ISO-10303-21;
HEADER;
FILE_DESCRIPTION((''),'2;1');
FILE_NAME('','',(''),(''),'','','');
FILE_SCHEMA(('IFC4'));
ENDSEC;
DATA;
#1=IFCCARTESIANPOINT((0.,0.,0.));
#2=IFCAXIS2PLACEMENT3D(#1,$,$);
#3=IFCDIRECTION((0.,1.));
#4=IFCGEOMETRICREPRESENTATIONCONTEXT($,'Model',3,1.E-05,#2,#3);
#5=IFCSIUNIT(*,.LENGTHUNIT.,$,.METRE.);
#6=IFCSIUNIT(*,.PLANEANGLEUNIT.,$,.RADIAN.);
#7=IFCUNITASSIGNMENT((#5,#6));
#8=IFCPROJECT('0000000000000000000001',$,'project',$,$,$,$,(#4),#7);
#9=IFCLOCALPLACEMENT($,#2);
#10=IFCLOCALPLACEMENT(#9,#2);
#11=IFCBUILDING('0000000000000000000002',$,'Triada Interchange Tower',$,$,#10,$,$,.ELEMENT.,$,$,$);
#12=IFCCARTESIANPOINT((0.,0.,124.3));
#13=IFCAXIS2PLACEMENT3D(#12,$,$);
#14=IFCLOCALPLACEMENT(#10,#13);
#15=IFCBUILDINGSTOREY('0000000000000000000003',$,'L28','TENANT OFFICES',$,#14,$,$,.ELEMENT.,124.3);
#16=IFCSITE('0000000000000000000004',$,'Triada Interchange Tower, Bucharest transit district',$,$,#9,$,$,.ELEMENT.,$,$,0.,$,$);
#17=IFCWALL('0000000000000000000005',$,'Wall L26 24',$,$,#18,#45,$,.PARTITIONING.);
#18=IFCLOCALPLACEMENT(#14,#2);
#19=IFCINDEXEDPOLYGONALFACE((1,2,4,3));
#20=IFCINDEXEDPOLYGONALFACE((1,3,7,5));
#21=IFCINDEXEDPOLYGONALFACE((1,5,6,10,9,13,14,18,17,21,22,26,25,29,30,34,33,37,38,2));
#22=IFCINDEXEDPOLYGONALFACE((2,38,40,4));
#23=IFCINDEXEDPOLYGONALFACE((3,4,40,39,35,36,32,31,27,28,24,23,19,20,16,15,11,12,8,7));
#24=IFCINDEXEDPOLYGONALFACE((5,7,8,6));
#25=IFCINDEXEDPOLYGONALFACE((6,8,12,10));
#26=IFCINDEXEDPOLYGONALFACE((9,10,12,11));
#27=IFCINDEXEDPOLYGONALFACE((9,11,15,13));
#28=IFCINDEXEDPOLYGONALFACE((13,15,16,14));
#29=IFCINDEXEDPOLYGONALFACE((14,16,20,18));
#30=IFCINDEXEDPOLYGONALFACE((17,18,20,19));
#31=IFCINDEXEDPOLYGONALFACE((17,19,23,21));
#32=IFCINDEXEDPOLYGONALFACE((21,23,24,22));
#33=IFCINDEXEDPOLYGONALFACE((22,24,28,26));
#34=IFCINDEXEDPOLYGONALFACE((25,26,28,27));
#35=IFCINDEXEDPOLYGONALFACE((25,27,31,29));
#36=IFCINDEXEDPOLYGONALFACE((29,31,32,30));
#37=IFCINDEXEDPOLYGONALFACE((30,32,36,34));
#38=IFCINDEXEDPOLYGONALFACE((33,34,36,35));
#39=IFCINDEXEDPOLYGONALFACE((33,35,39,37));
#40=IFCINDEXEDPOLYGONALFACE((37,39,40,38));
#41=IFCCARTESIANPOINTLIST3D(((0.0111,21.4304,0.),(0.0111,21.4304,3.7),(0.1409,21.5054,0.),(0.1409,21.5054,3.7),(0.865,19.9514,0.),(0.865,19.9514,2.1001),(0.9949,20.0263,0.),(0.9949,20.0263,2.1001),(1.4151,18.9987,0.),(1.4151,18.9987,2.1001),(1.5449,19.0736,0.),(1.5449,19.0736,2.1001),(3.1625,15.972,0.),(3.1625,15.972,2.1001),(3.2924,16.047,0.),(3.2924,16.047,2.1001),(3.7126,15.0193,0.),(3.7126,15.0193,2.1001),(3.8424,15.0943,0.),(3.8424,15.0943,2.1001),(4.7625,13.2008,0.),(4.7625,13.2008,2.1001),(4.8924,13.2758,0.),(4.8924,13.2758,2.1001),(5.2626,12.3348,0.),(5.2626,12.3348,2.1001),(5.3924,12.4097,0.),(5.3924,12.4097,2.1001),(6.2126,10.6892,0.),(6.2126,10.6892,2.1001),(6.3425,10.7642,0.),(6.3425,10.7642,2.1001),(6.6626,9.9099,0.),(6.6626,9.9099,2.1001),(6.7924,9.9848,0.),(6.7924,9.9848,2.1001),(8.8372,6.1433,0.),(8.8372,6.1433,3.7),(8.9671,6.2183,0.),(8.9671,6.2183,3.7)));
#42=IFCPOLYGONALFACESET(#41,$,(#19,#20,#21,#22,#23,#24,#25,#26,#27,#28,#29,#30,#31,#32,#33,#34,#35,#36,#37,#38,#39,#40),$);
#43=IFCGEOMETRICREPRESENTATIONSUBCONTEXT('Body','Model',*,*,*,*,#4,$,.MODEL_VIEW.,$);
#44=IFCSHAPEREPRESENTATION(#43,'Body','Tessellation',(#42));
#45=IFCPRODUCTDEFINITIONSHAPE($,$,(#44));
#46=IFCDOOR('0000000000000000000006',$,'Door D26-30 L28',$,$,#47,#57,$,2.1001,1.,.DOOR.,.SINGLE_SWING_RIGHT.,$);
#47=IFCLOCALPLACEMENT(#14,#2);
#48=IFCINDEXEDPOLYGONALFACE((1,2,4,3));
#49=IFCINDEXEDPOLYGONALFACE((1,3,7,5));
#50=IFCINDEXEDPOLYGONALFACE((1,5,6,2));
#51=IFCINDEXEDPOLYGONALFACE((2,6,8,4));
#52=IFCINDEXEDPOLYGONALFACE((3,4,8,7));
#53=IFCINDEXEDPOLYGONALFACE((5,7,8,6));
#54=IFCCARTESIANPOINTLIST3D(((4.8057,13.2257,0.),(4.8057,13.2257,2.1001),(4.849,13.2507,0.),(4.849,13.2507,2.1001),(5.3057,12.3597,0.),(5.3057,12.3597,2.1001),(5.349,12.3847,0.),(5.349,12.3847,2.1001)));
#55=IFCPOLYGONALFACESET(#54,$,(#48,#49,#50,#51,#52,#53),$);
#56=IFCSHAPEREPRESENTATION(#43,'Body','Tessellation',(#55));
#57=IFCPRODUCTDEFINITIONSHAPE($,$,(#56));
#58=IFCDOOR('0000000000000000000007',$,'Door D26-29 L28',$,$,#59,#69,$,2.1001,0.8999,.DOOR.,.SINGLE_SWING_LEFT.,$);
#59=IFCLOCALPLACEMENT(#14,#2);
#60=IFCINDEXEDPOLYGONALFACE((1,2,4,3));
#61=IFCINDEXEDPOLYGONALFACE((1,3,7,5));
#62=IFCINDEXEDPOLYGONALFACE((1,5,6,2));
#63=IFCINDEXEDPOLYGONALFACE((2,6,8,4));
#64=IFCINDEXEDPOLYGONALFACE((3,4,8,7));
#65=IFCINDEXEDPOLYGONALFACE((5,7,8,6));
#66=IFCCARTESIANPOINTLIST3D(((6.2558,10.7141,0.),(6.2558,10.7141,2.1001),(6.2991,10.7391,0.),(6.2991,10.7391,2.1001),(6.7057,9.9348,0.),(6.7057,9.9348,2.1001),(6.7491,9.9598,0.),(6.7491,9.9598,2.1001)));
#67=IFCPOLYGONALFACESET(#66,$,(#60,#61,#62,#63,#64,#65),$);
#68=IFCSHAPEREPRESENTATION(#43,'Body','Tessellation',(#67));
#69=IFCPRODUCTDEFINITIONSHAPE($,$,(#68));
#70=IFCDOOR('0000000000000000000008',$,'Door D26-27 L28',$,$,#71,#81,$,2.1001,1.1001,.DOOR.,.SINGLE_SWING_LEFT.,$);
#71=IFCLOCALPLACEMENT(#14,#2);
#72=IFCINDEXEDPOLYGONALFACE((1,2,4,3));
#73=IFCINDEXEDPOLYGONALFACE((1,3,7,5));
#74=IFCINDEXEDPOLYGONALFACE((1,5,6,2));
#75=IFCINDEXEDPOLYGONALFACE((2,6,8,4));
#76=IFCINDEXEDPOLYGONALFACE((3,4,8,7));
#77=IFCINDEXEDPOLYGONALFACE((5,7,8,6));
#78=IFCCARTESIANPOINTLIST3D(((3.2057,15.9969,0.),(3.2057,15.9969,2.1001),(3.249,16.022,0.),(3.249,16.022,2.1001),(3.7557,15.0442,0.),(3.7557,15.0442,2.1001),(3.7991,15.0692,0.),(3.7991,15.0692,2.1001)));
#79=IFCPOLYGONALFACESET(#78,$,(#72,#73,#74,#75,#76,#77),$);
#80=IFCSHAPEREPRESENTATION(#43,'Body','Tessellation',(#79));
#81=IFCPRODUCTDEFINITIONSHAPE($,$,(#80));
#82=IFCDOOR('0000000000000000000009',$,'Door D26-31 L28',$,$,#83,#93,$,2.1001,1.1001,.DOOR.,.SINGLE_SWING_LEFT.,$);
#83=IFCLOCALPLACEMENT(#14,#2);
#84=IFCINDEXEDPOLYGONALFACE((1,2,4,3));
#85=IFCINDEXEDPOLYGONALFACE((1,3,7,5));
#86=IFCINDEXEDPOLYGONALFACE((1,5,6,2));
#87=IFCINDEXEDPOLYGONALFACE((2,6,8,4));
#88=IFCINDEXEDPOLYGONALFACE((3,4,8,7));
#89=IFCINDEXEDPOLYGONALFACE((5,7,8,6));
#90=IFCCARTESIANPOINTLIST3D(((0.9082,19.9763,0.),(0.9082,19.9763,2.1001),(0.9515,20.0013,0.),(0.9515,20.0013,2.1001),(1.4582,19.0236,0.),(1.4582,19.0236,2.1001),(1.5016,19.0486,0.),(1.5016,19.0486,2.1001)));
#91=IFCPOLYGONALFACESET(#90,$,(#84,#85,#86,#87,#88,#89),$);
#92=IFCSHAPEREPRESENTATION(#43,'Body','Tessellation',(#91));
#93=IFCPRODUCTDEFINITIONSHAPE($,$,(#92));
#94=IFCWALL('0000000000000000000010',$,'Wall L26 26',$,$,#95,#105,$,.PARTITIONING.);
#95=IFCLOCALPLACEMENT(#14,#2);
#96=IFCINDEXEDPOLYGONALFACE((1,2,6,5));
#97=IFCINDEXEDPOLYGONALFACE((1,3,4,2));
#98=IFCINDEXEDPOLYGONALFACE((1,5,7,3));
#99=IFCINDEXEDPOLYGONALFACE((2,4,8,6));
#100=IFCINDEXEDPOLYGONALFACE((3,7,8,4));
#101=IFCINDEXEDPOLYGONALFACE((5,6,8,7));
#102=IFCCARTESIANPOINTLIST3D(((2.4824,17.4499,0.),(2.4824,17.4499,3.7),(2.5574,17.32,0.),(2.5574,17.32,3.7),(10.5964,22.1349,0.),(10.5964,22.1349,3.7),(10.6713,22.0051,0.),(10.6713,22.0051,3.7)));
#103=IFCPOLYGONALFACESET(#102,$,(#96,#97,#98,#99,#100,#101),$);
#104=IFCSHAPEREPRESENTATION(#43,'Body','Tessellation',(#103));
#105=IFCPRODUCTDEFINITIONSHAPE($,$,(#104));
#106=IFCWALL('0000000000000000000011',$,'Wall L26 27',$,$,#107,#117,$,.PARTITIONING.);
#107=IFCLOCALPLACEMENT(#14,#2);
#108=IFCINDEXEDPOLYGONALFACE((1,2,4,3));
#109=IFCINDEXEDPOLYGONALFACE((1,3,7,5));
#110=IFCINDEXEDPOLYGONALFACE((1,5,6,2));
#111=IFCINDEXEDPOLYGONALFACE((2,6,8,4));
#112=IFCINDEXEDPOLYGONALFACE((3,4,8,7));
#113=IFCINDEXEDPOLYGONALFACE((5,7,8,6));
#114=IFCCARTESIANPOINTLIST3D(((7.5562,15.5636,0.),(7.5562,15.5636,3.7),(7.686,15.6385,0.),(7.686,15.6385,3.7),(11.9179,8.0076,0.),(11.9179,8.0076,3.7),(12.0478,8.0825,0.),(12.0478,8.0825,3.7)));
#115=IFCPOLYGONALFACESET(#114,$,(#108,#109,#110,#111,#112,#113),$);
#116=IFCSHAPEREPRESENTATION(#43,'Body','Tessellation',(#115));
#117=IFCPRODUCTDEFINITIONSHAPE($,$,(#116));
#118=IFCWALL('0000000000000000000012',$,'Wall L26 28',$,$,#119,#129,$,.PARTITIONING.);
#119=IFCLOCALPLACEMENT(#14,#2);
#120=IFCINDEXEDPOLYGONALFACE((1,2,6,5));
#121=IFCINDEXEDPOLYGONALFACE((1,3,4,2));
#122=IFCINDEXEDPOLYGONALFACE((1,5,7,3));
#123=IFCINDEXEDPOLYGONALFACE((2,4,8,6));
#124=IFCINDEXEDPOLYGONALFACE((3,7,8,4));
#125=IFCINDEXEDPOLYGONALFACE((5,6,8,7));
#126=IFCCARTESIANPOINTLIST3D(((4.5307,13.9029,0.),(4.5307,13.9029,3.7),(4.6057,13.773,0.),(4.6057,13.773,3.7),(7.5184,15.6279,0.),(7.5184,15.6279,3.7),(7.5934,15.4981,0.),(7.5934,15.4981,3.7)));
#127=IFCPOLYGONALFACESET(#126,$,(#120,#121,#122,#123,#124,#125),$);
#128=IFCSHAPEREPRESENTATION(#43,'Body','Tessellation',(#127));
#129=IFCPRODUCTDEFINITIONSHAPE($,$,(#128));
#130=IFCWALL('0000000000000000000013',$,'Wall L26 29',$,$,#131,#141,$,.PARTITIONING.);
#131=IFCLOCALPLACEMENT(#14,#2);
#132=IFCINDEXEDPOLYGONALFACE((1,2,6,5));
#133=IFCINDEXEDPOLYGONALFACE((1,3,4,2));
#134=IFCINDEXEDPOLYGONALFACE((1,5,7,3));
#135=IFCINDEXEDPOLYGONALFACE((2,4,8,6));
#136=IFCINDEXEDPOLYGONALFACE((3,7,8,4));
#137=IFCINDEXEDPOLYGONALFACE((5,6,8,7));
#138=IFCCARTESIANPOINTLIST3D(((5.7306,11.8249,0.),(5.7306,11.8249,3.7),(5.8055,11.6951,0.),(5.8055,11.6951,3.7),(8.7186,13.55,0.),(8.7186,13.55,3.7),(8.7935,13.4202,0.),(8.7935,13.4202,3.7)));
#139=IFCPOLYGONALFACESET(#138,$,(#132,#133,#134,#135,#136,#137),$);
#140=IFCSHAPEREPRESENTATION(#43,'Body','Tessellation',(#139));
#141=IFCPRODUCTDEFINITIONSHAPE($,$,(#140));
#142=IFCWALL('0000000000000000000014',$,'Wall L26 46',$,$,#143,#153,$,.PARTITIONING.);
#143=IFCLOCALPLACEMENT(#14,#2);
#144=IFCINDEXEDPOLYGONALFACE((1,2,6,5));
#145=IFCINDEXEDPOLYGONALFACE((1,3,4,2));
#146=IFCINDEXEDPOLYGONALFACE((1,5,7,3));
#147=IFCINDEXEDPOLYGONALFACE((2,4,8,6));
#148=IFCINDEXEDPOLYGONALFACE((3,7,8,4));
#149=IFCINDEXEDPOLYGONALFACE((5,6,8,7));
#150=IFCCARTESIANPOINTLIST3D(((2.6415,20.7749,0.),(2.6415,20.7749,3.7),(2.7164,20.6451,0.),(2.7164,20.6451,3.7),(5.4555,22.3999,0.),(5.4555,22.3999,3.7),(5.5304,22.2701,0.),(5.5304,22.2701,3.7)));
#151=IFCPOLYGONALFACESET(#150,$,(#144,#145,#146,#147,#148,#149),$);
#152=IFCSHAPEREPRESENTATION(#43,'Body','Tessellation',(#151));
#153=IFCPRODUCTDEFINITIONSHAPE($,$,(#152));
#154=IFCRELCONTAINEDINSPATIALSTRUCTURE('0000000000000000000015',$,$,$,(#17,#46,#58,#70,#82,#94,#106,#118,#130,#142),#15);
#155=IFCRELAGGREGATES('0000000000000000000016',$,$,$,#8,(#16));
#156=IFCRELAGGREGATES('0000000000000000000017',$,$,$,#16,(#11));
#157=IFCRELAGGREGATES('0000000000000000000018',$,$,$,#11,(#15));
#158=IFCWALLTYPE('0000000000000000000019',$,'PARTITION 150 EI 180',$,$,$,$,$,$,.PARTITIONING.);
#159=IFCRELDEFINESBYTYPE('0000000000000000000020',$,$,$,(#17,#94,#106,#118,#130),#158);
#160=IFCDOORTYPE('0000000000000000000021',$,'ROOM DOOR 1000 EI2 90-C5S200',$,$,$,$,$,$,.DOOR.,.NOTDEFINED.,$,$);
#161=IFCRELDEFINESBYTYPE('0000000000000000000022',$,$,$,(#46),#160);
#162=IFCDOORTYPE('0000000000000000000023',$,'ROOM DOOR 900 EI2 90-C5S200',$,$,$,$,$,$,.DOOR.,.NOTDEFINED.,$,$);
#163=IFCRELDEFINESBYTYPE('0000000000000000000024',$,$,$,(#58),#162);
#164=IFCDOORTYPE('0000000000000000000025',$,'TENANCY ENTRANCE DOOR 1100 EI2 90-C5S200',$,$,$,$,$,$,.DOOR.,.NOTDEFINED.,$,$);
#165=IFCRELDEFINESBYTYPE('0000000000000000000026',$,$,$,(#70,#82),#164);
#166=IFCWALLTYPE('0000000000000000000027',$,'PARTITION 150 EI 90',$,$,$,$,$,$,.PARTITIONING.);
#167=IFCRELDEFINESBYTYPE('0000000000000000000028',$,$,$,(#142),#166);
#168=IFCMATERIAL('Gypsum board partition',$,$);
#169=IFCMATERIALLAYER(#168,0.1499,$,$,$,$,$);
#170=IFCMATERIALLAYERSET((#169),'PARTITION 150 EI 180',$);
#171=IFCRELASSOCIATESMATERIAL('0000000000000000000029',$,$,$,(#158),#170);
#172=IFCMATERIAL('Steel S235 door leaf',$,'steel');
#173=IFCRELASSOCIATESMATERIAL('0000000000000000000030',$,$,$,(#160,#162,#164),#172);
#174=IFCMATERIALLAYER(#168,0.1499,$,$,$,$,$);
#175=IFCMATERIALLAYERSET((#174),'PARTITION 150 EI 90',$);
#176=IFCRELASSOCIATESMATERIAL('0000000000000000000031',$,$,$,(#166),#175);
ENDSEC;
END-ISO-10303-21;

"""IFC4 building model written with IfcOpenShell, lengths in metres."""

from ifc_helpers import new_model, si_unit, direction, frame, frame_2d, origin, place, context, subcontext, project, spatial, rectangle, extrude, material, layer, layer_set, type_object, element, fill, save


model = new_model("IFC4")

# Units and contexts
model_context = context("Model", 3, precision=1e-05, world=origin(), true_north=direction((0.0, 1.0)))
body_context = subcontext(model_context, "Body", "Model", "MODEL_VIEW")
ifc_project = project(units=[si_unit("LENGTHUNIT", "METRE"), si_unit("PLANEANGLEUNIT", "RADIAN")], contexts=[model_context])

# Site, building, storey
site_placement = place(None, origin())
site = spatial("IfcSite", under=ifc_project, at=site_placement, Name="Triada Interchange Tower, Bucharest transit district", CompositionType="ELEMENT", RefElevation=0.0)
building_placement = place(site_placement, origin())
building = spatial("IfcBuilding", under=site, at=building_placement, Name="Triada Interchange Tower", CompositionType="ELEMENT")
storey_placement = place(building_placement, frame((0.0, 0.0, 124.3)))
storey = spatial("IfcBuildingStorey", under=building, at=storey_placement, Name="L28", Description="TENANT OFFICES", CompositionType="ELEMENT", Elevation=124.3)

# Shared definitions
ifc_material_1 = material(Name="Steel S235 door leaf", Category="steel")

# Shared definitions
ifc_material_2 = material(Name="Gypsum board partition")
ifc_layer_1 = layer(ifc_material_2, 0.1499)
ifc_layer_set_1 = layer_set([ifc_layer_1], Name="PARTITION 150 EI 180")
wall_type_1 = type_object("IfcWallType", Name="PARTITION 150 EI 180", PredefinedType="PARTITIONING", material=ifc_layer_set_1)

# Wall, openings, doors
wall_1_placement = place(storey_placement, frame((0.0759, 21.468, 0.0), z_axis=(0.0, 0.0, 1.0), x_axis=(0.500007, -0.866022, 0.0)))
wall_1 = element("IfcWall", 1, at=wall_1_placement, inside=storey, type_object=wall_type_1, Name="Wall L26 24", PredefinedType="PARTITIONING", context=body_context, shape_type="SweptSolid", body=[
    extrude(rectangle(XDim=17.6521, YDim=0.1499, at=frame_2d((8.8262, 0.0))), origin(), (0.0, 0.0, 1.0), 3.7),
])
opening_1_placement = place(wall_1_placement, frame((6.303, 0.0, 0.0)))
opening_1 = element("IfcOpeningElement", 2, at=opening_1_placement, cuts=wall_1, PredefinedType="OPENING", context=body_context, shape_type="SweptSolid", body=[
    extrude(rectangle(XDim=1.1001, YDim=2.1001, at=frame_2d((0.55, 1.05))), frame((0.0, 0.085, 0.0), z_axis=(0.0, -1.0, 0.0), x_axis=(1.0, 0.0, 0.0)), (0.0, 0.0, 1.0), 0.1699),
])
opening_2_placement = place(wall_1_placement, frame((12.4031, 0.0, 0.0)))
opening_2 = element("IfcOpeningElement", 3, at=opening_2_placement, cuts=wall_1, PredefinedType="OPENING", context=body_context, shape_type="SweptSolid", body=[
    extrude(rectangle(XDim=0.8999, YDim=2.1001, at=frame_2d((0.45, 1.05))), frame((0.0, 0.085, 0.0), z_axis=(0.0, -1.0, 0.0), x_axis=(1.0, 0.0, 0.0)), (0.0, 0.0, 1.0), 0.1699),
])
opening_3_placement = place(wall_1_placement, frame((9.5029, 0.0, 0.0)))
opening_3 = element("IfcOpeningElement", 4, at=opening_3_placement, cuts=wall_1, PredefinedType="OPENING", context=body_context, shape_type="SweptSolid", body=[
    extrude(rectangle(XDim=1.0, YDim=2.1001, at=frame_2d((0.5, 1.05))), frame((0.0, 0.085, 0.0), z_axis=(0.0, -1.0, 0.0), x_axis=(1.0, 0.0, 0.0)), (0.0, 0.0, 1.0), 0.1699),
])
opening_4_placement = place(wall_1_placement, frame((1.708, 0.0, 0.0)))
opening_4 = element("IfcOpeningElement", 5, at=opening_4_placement, cuts=wall_1, PredefinedType="OPENING", context=body_context, shape_type="SweptSolid", body=[
    extrude(rectangle(XDim=1.1001, YDim=2.1001, at=frame_2d((0.55, 1.05))), frame((0.0, 0.085, 0.0), z_axis=(0.0, -1.0, 0.0), x_axis=(1.0, 0.0, 0.0)), (0.0, 0.0, 1.0), 0.1699),
])
door_type_1 = type_object("IfcDoorType", Name="ROOM DOOR 1000 EI2 90-C5S200", OperationType="NOTDEFINED", PredefinedType="DOOR", material=ifc_material_1)
door_1_placement = place(opening_3_placement, origin())
door_1 = element("IfcDoor", 6, at=door_1_placement, inside=storey, type_object=door_type_1, Name="Door D26-30 L28", OperationType="SINGLE_SWING_RIGHT", OverallHeight=2.1001, OverallWidth=1.0, PredefinedType="DOOR", context=body_context, shape_type="SweptSolid", body=[
    extrude(rectangle(XDim=1.0, YDim=2.1001, at=frame_2d((0.5, 1.05))), frame((0.0, 0.0249, 0.0), z_axis=(0.0, -1.0, 0.0), x_axis=(1.0, 0.0, 0.0)), (0.0, 0.0, 1.0), 0.05),
])
fill(opening_3, door_1)
door_type_2 = type_object("IfcDoorType", Name="ROOM DOOR 900 EI2 90-C5S200", OperationType="NOTDEFINED", PredefinedType="DOOR", material=ifc_material_1)
door_2_placement = place(opening_2_placement, origin())
door_2 = element("IfcDoor", 7, at=door_2_placement, inside=storey, type_object=door_type_2, Name="Door D26-29 L28", OperationType="SINGLE_SWING_LEFT", OverallHeight=2.1001, OverallWidth=0.8999, PredefinedType="DOOR", context=body_context, shape_type="SweptSolid", body=[
    extrude(rectangle(XDim=0.8999, YDim=2.1001, at=frame_2d((0.45, 1.05))), frame((0.0, 0.0249, 0.0), z_axis=(0.0, -1.0, 0.0), x_axis=(1.0, 0.0, 0.0)), (0.0, 0.0, 1.0), 0.05),
])
fill(opening_2, door_2)
door_type_3 = type_object("IfcDoorType", Name="TENANCY ENTRANCE DOOR 1100 EI2 90-C5S200", OperationType="NOTDEFINED", PredefinedType="DOOR", material=ifc_material_1)
door_3_placement = place(opening_1_placement, origin())
door_3 = element("IfcDoor", 8, at=door_3_placement, inside=storey, type_object=door_type_3, Name="Door D26-27 L28", OperationType="SINGLE_SWING_LEFT", OverallHeight=2.1001, OverallWidth=1.1001, PredefinedType="DOOR", context=body_context, shape_type="SweptSolid", body=[
    extrude(rectangle(XDim=1.1001, YDim=2.1001, at=frame_2d((0.55, 1.05))), frame((0.0, 0.0249, 0.0), z_axis=(0.0, -1.0, 0.0), x_axis=(1.0, 0.0, 0.0)), (0.0, 0.0, 1.0), 0.05),
])
fill(opening_1, door_3)
door_4_placement = place(opening_4_placement, origin())
door_4 = element("IfcDoor", 9, at=door_4_placement, inside=storey, type_object=door_type_3, Name="Door D26-31 L28", OperationType="SINGLE_SWING_LEFT", OverallHeight=2.1001, OverallWidth=1.1001, PredefinedType="DOOR", context=body_context, shape_type="SweptSolid", body=[
    extrude(rectangle(XDim=1.1001, YDim=2.1001, at=frame_2d((0.55, 1.05))), frame((0.0, 0.0249, 0.0), z_axis=(0.0, -1.0, 0.0), x_axis=(1.0, 0.0, 0.0)), (0.0, 0.0, 1.0), 0.05),
])
fill(opening_4, door_4)

# Walls
wall_2_placement = place(storey_placement, frame((2.52, 17.385, 0.0), z_axis=(0.0, 0.0, 1.0), x_axis=(0.866006, 0.500034, 0.0)))
element("IfcWall", 10, at=wall_2_placement, inside=storey, type_object=wall_type_1, Name="Wall L26 26", PredefinedType="PARTITIONING", context=body_context, shape_type="SweptSolid", body=[
    extrude(rectangle(XDim=9.3694, YDim=0.1499, at=frame_2d((4.6846, 0.0))), origin(), (0.0, 0.0, 1.0), 3.7),
])
wall_3_placement = place(storey_placement, frame((7.6211, 15.6011, 0.0), z_axis=(0.0, 0.0, 1.0), x_axis=(0.499937, -0.866062, 0.0)))
element("IfcWall", 11, at=wall_3_placement, inside=storey, type_object=wall_type_1, Name="Wall L26 27", PredefinedType="PARTITIONING", context=body_context, shape_type="SweptSolid", body=[
    extrude(rectangle(XDim=8.7246, YDim=0.1499, at=frame_2d((4.3623, 0.0))), origin(), (0.0, 0.0, 1.0), 3.7),
])
wall_4_placement = place(storey_placement, frame((4.5681, 13.8379, 0.0), z_axis=(0.0, 0.0, 1.0), x_axis=(0.866014, 0.500021, 0.0)))
element("IfcWall", 12, at=wall_4_placement, inside=storey, type_object=wall_type_1, Name="Wall L26 28", PredefinedType="PARTITIONING", context=body_context, shape_type="SweptSolid", body=[
    extrude(rectangle(XDim=3.45, YDim=0.1499, at=frame_2d((1.7251, 0.0))), origin(), (0.0, 0.0, 1.0), 3.7),
])
wall_5_placement = place(storey_placement, frame((5.7681, 11.76, 0.0), z_axis=(0.0, 0.0, 1.0), x_axis=(0.866031, 0.49999, 0.0)))
element("IfcWall", 13, at=wall_5_placement, inside=storey, type_object=wall_type_1, Name="Wall L26 29", PredefinedType="PARTITIONING", context=body_context, shape_type="SweptSolid", body=[
    extrude(rectangle(XDim=3.4502, YDim=0.1499, at=frame_2d((1.7251, 0.0))), origin(), (0.0, 0.0, 1.0), 3.7),
])
ifc_layer_2 = layer(ifc_material_2, 0.1499)
ifc_layer_set_2 = layer_set([ifc_layer_2], Name="PARTITION 150 EI 90")
wall_type_2 = type_object("IfcWallType", Name="PARTITION 150 EI 90", PredefinedType="PARTITIONING", material=ifc_layer_set_2)
wall_6_placement = place(storey_placement, frame((2.679, 20.71, 0.0), z_axis=(0.0, 0.0, 1.0), x_axis=(0.865978, 0.500082, 0.0)))
element("IfcWall", 14, at=wall_6_placement, inside=storey, type_object=wall_type_2, Name="Wall L26 46", PredefinedType="PARTITIONING", context=body_context, shape_type="SweptSolid", body=[
    extrude(rectangle(XDim=3.2495, YDim=0.1499, at=frame_2d((1.6248, 0.0))), origin(), (0.0, 0.0, 1.0), 3.7),
])

save(model, "model.ifc")
